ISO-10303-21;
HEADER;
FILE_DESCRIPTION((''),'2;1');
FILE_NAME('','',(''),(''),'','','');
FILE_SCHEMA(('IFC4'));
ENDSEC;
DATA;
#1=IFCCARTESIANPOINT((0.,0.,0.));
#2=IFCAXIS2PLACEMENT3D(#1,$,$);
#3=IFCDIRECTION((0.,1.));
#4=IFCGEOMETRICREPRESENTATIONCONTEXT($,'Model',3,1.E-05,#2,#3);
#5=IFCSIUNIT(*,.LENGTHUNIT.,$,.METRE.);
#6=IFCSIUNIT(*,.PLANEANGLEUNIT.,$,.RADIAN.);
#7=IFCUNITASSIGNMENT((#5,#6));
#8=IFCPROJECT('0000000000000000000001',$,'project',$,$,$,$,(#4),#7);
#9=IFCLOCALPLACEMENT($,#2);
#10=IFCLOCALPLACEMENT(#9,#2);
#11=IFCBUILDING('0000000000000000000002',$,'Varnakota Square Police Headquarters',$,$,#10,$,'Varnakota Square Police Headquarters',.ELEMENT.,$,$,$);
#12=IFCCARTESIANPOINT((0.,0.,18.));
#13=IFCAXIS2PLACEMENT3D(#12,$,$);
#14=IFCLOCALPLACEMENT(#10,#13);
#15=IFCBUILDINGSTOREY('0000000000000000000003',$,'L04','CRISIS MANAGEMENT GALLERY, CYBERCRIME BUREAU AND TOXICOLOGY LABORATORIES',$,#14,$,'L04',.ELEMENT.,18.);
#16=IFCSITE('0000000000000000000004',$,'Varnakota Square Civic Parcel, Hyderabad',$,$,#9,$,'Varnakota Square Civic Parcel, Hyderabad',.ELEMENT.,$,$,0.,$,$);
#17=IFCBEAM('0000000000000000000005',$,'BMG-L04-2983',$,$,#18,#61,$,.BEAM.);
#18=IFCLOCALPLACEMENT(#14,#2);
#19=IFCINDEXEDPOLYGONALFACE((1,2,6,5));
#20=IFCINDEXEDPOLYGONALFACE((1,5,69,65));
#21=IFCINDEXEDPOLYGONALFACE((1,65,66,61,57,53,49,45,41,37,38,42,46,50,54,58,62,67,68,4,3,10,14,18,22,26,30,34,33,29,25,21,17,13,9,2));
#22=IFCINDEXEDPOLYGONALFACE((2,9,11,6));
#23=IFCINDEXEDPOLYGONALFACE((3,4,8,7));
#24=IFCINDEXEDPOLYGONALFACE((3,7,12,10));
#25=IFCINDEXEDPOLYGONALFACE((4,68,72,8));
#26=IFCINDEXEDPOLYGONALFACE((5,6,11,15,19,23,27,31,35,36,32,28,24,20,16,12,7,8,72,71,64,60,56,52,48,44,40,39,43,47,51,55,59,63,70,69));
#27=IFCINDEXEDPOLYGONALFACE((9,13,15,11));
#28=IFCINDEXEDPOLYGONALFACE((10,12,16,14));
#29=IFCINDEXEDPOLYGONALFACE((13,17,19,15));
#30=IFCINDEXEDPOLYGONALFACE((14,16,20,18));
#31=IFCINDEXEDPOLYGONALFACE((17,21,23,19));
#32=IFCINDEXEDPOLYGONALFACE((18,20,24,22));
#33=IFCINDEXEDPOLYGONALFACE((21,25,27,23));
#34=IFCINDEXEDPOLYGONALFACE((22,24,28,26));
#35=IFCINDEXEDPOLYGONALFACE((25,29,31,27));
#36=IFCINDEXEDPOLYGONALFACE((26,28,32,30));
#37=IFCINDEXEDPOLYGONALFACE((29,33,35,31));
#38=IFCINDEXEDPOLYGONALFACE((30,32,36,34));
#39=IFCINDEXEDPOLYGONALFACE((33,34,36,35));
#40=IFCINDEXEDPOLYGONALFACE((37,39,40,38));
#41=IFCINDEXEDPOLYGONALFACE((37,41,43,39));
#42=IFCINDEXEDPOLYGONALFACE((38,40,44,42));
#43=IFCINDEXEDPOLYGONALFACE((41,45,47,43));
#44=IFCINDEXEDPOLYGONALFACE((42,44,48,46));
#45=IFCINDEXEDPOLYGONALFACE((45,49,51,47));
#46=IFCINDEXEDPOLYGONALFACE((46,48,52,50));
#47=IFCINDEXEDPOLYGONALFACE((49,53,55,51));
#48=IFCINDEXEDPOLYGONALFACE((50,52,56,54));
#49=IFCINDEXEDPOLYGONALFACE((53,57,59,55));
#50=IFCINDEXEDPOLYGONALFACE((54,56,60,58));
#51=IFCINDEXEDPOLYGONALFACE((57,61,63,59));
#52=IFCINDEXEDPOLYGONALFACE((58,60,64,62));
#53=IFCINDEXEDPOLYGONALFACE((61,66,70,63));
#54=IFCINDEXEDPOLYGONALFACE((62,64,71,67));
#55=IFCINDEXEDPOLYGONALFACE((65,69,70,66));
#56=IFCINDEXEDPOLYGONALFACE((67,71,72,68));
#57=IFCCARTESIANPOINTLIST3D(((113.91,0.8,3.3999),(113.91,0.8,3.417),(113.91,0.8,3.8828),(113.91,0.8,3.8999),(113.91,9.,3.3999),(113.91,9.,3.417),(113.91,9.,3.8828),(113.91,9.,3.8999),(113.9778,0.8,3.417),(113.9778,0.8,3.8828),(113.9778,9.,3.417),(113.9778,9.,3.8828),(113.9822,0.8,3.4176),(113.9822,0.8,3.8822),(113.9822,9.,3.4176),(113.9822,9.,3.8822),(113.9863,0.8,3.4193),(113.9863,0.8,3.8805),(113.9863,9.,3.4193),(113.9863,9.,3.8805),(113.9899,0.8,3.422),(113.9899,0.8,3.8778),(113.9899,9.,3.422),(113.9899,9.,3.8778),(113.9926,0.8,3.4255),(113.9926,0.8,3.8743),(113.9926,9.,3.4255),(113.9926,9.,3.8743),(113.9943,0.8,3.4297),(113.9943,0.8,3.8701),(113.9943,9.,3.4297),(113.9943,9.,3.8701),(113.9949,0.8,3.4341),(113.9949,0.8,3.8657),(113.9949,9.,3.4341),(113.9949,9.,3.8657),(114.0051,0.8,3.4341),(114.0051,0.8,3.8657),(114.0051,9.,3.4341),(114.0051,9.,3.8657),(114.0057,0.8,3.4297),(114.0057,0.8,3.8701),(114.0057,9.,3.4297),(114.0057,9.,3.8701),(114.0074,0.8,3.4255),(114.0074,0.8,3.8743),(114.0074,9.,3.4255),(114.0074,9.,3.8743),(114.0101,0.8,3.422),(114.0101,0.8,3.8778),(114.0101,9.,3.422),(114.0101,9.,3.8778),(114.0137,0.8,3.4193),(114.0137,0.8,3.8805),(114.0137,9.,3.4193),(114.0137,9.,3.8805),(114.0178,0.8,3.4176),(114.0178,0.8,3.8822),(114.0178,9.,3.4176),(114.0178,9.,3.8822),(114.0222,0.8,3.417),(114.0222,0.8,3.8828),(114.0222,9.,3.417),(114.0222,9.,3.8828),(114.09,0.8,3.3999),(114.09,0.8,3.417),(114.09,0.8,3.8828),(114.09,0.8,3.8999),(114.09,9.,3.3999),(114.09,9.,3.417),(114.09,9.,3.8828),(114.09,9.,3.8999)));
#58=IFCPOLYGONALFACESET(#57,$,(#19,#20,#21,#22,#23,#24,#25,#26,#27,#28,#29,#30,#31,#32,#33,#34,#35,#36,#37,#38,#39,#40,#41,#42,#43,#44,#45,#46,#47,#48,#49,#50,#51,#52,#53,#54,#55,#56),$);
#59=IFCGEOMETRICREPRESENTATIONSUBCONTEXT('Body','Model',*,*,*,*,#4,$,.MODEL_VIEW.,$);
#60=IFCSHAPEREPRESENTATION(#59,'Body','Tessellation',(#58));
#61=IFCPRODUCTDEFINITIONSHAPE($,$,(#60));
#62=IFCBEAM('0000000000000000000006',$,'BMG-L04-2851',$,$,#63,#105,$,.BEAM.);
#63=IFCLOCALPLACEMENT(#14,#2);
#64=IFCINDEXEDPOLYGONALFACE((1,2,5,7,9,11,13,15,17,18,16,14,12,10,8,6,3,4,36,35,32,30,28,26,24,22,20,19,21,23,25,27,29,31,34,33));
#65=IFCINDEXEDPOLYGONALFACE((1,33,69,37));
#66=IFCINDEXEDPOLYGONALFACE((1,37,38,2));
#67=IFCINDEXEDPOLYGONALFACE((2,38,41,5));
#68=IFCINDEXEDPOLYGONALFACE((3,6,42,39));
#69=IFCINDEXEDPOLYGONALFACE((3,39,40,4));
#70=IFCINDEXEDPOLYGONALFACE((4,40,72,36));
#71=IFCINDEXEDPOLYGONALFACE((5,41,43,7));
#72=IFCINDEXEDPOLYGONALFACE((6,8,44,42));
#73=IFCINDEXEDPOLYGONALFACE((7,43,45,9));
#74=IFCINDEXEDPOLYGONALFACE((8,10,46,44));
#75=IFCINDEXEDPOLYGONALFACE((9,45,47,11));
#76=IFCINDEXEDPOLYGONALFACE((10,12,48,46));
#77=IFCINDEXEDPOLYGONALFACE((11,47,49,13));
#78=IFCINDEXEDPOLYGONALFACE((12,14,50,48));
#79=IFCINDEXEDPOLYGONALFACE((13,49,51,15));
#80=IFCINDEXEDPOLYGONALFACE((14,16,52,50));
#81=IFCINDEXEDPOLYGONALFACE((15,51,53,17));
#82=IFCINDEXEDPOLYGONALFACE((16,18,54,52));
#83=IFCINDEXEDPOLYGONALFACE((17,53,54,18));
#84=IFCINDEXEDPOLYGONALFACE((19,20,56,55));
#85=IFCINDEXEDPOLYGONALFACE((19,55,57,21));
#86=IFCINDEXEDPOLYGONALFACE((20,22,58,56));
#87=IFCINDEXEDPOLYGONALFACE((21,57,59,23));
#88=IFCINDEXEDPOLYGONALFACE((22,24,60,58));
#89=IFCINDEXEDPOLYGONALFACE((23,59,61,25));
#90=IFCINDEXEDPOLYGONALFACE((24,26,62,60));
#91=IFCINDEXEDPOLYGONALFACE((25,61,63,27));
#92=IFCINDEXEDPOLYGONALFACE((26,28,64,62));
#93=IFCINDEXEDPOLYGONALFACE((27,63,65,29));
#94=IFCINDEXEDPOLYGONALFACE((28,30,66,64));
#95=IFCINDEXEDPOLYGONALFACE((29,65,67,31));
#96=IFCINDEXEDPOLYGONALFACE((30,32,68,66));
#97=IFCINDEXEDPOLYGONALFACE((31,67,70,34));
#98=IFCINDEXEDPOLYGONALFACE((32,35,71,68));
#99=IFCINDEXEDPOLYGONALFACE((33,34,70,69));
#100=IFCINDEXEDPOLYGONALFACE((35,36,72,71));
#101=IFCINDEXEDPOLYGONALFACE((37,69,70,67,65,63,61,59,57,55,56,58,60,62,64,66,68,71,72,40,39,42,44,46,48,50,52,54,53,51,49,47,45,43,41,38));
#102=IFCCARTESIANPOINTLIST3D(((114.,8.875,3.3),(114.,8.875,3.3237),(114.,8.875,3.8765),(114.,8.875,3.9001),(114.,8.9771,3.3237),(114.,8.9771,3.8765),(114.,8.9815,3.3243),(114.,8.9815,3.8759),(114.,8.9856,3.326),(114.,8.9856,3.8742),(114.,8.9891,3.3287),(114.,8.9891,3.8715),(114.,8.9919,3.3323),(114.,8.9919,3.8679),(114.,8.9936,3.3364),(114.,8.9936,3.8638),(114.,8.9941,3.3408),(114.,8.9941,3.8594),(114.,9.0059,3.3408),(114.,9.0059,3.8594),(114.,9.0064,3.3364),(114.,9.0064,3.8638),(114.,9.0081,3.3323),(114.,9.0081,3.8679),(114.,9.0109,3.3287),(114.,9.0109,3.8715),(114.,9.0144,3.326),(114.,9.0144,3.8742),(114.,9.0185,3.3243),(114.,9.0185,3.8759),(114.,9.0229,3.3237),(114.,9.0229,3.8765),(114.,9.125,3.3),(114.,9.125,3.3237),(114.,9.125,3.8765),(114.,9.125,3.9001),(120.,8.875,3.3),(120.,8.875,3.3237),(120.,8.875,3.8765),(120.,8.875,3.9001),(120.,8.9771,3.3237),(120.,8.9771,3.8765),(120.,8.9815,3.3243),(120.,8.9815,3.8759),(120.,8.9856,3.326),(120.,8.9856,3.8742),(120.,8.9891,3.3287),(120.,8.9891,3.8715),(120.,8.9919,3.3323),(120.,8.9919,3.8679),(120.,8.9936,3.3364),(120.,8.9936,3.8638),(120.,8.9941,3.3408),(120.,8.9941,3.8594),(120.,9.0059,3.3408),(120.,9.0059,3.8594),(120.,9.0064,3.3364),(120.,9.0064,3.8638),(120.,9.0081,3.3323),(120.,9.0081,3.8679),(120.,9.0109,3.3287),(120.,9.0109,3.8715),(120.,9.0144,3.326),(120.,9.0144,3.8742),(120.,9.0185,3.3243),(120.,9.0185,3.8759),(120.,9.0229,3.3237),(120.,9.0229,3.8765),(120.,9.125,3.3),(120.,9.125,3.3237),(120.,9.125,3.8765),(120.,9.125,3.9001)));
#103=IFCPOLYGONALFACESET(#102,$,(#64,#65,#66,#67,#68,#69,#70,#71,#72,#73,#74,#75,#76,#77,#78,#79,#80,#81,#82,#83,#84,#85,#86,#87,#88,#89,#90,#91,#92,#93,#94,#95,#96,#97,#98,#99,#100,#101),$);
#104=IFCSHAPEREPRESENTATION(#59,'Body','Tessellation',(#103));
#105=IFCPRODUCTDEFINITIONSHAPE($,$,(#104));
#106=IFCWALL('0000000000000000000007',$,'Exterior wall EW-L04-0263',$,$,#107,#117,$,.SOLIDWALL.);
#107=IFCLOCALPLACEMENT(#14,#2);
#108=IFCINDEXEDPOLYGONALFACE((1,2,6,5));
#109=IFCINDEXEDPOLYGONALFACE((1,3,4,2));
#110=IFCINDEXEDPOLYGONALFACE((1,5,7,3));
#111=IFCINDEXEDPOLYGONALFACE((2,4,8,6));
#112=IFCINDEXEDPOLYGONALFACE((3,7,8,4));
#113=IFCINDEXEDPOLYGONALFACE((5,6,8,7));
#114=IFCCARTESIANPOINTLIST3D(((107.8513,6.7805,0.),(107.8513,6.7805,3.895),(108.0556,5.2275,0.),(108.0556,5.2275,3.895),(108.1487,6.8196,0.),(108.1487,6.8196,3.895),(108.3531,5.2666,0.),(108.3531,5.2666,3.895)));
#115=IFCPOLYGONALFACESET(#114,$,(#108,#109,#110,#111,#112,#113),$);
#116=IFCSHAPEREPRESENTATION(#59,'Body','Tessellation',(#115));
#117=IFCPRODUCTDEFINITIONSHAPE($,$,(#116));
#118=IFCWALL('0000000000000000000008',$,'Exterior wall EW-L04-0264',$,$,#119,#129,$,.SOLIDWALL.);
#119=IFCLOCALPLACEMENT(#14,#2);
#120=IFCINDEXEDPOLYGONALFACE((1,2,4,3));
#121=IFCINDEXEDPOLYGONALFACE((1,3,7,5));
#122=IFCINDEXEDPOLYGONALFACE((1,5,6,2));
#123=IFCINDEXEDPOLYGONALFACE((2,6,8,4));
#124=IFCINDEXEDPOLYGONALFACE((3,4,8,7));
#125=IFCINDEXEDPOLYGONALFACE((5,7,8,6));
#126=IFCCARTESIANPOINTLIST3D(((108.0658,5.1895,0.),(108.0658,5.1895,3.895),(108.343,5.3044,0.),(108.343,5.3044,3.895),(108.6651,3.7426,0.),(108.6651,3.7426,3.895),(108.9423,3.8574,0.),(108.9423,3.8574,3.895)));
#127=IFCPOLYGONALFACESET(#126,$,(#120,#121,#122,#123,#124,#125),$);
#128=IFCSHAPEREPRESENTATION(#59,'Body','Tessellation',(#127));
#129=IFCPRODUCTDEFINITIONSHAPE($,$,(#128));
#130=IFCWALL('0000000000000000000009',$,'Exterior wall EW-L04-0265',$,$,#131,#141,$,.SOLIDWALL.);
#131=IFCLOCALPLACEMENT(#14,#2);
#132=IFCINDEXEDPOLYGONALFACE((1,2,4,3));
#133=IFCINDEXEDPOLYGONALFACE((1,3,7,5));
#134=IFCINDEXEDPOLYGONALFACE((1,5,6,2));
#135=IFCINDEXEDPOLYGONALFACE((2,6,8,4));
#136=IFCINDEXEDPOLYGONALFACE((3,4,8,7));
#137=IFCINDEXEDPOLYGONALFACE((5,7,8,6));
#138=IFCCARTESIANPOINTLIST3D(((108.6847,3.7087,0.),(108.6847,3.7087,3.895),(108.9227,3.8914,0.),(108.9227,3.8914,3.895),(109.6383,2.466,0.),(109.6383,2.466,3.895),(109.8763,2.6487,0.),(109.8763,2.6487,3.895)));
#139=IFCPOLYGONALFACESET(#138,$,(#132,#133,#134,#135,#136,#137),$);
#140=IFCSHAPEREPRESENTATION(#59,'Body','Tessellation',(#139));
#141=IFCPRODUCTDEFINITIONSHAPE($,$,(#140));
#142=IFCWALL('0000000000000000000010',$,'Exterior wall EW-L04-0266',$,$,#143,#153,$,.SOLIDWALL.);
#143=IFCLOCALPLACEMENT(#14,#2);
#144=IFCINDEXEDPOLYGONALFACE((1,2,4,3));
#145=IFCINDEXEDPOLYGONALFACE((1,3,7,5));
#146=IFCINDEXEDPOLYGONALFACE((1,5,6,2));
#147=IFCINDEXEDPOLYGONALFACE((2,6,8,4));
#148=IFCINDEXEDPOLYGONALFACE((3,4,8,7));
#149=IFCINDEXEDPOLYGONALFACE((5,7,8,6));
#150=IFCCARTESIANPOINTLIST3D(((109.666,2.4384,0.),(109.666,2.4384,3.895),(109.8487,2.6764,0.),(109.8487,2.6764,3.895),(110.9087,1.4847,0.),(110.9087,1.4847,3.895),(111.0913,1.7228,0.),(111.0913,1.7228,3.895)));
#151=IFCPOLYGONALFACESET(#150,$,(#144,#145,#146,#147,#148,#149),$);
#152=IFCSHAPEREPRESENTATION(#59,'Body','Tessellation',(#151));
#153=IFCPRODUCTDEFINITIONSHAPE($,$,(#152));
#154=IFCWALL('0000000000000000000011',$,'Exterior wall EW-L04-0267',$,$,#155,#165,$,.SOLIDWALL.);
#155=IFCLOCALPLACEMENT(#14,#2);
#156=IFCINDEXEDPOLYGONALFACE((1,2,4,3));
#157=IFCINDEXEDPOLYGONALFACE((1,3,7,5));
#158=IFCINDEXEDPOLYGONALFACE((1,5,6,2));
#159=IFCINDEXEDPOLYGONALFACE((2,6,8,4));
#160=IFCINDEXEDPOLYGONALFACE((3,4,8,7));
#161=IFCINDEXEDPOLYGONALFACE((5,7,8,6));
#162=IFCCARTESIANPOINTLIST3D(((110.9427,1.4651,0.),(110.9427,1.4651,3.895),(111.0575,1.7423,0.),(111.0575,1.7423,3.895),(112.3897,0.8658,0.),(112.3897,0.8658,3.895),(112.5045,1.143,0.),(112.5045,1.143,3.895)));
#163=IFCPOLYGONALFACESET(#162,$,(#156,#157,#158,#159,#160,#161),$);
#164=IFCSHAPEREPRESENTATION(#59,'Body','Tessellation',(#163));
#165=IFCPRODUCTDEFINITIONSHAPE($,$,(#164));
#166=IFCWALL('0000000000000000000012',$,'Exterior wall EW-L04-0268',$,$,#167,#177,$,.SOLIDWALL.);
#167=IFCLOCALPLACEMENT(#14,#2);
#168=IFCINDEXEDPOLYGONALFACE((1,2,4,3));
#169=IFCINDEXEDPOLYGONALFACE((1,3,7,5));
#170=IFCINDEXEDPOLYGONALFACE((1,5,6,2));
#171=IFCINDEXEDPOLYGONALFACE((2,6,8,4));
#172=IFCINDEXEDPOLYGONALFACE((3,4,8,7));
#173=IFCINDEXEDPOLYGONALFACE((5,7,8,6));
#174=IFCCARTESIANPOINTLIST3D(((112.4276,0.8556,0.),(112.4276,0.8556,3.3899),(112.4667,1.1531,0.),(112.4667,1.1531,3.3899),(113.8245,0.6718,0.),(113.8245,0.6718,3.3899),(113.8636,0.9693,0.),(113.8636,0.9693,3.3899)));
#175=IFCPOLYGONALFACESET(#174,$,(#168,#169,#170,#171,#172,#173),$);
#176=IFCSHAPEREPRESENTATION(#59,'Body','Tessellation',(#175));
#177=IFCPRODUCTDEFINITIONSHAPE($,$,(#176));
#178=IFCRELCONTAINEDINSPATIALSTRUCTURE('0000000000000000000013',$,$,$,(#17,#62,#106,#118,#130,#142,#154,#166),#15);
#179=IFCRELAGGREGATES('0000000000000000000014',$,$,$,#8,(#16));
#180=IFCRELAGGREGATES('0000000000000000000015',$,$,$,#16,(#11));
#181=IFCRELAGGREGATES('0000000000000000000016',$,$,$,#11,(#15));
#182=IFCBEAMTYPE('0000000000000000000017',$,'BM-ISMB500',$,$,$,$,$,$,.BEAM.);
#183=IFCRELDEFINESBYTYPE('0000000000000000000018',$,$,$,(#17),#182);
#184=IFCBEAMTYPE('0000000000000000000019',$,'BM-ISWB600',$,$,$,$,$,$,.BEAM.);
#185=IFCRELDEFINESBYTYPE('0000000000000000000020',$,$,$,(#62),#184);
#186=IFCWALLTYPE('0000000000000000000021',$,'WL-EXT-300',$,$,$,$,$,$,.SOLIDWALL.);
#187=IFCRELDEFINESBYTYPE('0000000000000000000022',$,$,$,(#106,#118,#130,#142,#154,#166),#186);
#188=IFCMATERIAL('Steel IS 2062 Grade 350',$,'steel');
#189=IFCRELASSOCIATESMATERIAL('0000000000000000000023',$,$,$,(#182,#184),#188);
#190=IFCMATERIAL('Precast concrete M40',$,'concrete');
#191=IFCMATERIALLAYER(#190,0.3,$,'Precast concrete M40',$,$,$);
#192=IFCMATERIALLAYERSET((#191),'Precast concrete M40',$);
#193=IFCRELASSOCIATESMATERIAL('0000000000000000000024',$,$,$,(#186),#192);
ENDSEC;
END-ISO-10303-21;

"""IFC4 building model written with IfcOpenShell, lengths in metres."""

from ifc_helpers import new_model, si_unit, direction, frame, frame_2d, origin, origin_2d, place, context, subcontext, project, spatial, rectangle, i_section, extrude, material, layer, layer_set, material_profile, profile_set, type_object, element, save


model = new_model("IFC4")

# Units and contexts
model_context = context("Model", 3, precision=1e-05, world=origin(), true_north=direction((0.0, 1.0)))
body_context = subcontext(model_context, "Body", "Model", "MODEL_VIEW")
ifc_project = project(units=[si_unit("LENGTHUNIT", "METRE"), si_unit("PLANEANGLEUNIT", "RADIAN")], contexts=[model_context])

# Site, building, storey
site_placement = place(None, origin())
site = spatial("IfcSite", under=ifc_project, at=site_placement, Name="Varnakota Square Civic Parcel, Hyderabad", LongName="Varnakota Square Civic Parcel, Hyderabad", CompositionType="ELEMENT", RefElevation=0.0)
building_placement = place(site_placement, origin())
building = spatial("IfcBuilding", under=site, at=building_placement, Name="Varnakota Square Police Headquarters", LongName="Varnakota Square Police Headquarters", CompositionType="ELEMENT")
storey_placement = place(building_placement, frame((0.0, 0.0, 18.0)))
storey = spatial("IfcBuildingStorey", under=building, at=storey_placement, Name="L04", Description="CRISIS MANAGEMENT GALLERY, CYBERCRIME BUREAU AND TOXICOLOGY LABORATORIES", LongName="L04", CompositionType="ELEMENT", Elevation=18.0)

# Shared definitions
ifc_material_1 = material(Name="Steel IS 2062 Grade 350", Category="steel")

# Beams
ifc_material_profile_1 = material_profile(ifc_material_1, i_section(OverallWidth=0.1799, OverallDepth=0.5, WebThickness=0.0103, FlangeThickness=0.0171, FilletRadius=0.0171, at=origin_2d()), Name="ISMB 500")
ifc_profile_set_1 = profile_set([ifc_material_profile_1], Name="Steel IS 2062 Grade 350")
beam_type_1 = type_object("IfcBeamType", Name="BM-ISMB500", PredefinedType="BEAM", material=ifc_profile_set_1)
beam_1_placement = place(storey_placement, frame((114.0, 0.8, 3.6499), z_axis=(0.0, 1.0, 0.0), x_axis=(-1.0, 0.0, 0.0)))
element("IfcBeam", 1, at=beam_1_placement, inside=storey, type_object=beam_type_1, Name="BMG-L04-2983", PredefinedType="BEAM", context=body_context, shape_type="SweptSolid", body=[
    extrude(i_section(OverallWidth=0.1799, OverallDepth=0.5, WebThickness=0.0103, FlangeThickness=0.0171, FilletRadius=0.0171, at=origin_2d()), origin(), (0.0, 0.0, 1.0), 8.2),
])
ifc_material_profile_2 = material_profile(ifc_material_1, i_section(OverallWidth=0.25, OverallDepth=0.6001, WebThickness=0.0117, FlangeThickness=0.0237, FilletRadius=0.0171, at=origin_2d()), Name="ISWB 600")
ifc_profile_set_2 = profile_set([ifc_material_profile_2], Name="Steel IS 2062 Grade 350")
beam_type_2 = type_object("IfcBeamType", Name="BM-ISWB600", PredefinedType="BEAM", material=ifc_profile_set_2)
beam_2_placement = place(storey_placement, frame((114.0, 9.0, 3.6001), z_axis=(1.0, 0.0, 0.0), x_axis=(0.0, 1.0, 0.0)))
element("IfcBeam", 2, at=beam_2_placement, inside=storey, type_object=beam_type_2, Name="BMG-L04-2851", PredefinedType="BEAM", context=body_context, shape_type="SweptSolid", body=[
    extrude(i_section(OverallWidth=0.25, OverallDepth=0.6001, WebThickness=0.0117, FlangeThickness=0.0237, FilletRadius=0.0171, at=origin_2d()), origin(), (0.0, 0.0, 1.0), 6.0),
])

# Walls
ifc_material_2 = material(Name="Precast concrete M40", Category="concrete")
ifc_layer_1 = layer(ifc_material_2, 0.3, Name="Precast concrete M40")
ifc_layer_set_1 = layer_set([ifc_layer_1], Name="Precast concrete M40")
wall_type_1 = type_object("IfcWallType", Name="WL-EXT-300", PredefinedType="SOLIDWALL", material=ifc_layer_set_1)
wall_1_placement = place(storey_placement, frame((108.0, 6.8, 0.0), z_axis=(0.0, 0.0, 1.0), x_axis=(0.130459, -0.991454, 0.0)))
element("IfcWall", 3, at=wall_1_placement, inside=storey, type_object=wall_type_1, Name="Exterior wall EW-L04-0263", PredefinedType="SOLIDWALL", context=body_context, shape_type="SweptSolid", body=[
    extrude(rectangle(XDim=1.5664, YDim=0.3, at=frame_2d((0.7832, 0.0))), origin(), (0.0, 0.0, 1.0), 3.895),
])
wall_2_placement = place(storey_placement, frame((108.2043, 5.2471, 0.0), z_axis=(0.0, 0.0, 1.0), x_axis=(0.382678, -0.923882, 0.0)))
element("IfcWall", 4, at=wall_2_placement, inside=storey, type_object=wall_type_1, Name="Exterior wall EW-L04-0264", PredefinedType="SOLIDWALL", context=body_context, shape_type="SweptSolid", body=[
    extrude(rectangle(XDim=1.5662, YDim=0.3, at=frame_2d((0.7832, 0.0))), origin(), (0.0, 0.0, 1.0), 3.895),
])
for number, where, z_axis, x_axis, name in (
    (5, (108.8037, 3.8, 0.0), (0.0, 0.0, 1.0), (0.608791, -0.79333, 0.0), "Exterior wall EW-L04-0265"),
    (6, (109.7573, 2.5574, 0.0), (0.0, 0.0, 1.0), (0.79333, -0.608791, 0.0), "Exterior wall EW-L04-0266"),
):
    element("IfcWall", number, at=place(storey_placement, frame(where, z_axis=z_axis, x_axis=x_axis)), inside=storey, type_object=wall_type_1, Name=name, PredefinedType="SOLIDWALL", context=body_context, shape_type="SweptSolid", body=[
        extrude(rectangle(XDim=1.5664, YDim=0.3, at=frame_2d((0.7832, 0.0))), origin(), (0.0, 0.0, 1.0), 3.895),
    ])
wall_3_placement = place(storey_placement, frame((111.0, 1.6038, 0.0), z_axis=(0.0, 0.0, 1.0), x_axis=(0.923882, -0.382678, 0.0)))
element("IfcWall", 7, at=wall_3_placement, inside=storey, type_object=wall_type_1, Name="Exterior wall EW-L04-0267", PredefinedType="SOLIDWALL", context=body_context, shape_type="SweptSolid", body=[
    extrude(rectangle(XDim=1.5662, YDim=0.3, at=frame_2d((0.7832, 0.0))), origin(), (0.0, 0.0, 1.0), 3.895),
])
wall_4_placement = place(storey_placement, frame((112.447, 1.0044, 0.0), z_axis=(0.0, 0.0, 1.0), x_axis=(0.991452, -0.130472, 0.0)))
element("IfcWall", 8, at=wall_4_placement, inside=storey, type_object=wall_type_1, Name="Exterior wall EW-L04-0268", PredefinedType="SOLIDWALL", context=body_context, shape_type="SweptSolid", body=[
    extrude(rectangle(XDim=1.4089, YDim=0.3, at=frame_2d((0.7046, 0.0))), origin(), (0.0, 0.0, 1.0), 3.3899),
])

save(model, "model.ifc")
